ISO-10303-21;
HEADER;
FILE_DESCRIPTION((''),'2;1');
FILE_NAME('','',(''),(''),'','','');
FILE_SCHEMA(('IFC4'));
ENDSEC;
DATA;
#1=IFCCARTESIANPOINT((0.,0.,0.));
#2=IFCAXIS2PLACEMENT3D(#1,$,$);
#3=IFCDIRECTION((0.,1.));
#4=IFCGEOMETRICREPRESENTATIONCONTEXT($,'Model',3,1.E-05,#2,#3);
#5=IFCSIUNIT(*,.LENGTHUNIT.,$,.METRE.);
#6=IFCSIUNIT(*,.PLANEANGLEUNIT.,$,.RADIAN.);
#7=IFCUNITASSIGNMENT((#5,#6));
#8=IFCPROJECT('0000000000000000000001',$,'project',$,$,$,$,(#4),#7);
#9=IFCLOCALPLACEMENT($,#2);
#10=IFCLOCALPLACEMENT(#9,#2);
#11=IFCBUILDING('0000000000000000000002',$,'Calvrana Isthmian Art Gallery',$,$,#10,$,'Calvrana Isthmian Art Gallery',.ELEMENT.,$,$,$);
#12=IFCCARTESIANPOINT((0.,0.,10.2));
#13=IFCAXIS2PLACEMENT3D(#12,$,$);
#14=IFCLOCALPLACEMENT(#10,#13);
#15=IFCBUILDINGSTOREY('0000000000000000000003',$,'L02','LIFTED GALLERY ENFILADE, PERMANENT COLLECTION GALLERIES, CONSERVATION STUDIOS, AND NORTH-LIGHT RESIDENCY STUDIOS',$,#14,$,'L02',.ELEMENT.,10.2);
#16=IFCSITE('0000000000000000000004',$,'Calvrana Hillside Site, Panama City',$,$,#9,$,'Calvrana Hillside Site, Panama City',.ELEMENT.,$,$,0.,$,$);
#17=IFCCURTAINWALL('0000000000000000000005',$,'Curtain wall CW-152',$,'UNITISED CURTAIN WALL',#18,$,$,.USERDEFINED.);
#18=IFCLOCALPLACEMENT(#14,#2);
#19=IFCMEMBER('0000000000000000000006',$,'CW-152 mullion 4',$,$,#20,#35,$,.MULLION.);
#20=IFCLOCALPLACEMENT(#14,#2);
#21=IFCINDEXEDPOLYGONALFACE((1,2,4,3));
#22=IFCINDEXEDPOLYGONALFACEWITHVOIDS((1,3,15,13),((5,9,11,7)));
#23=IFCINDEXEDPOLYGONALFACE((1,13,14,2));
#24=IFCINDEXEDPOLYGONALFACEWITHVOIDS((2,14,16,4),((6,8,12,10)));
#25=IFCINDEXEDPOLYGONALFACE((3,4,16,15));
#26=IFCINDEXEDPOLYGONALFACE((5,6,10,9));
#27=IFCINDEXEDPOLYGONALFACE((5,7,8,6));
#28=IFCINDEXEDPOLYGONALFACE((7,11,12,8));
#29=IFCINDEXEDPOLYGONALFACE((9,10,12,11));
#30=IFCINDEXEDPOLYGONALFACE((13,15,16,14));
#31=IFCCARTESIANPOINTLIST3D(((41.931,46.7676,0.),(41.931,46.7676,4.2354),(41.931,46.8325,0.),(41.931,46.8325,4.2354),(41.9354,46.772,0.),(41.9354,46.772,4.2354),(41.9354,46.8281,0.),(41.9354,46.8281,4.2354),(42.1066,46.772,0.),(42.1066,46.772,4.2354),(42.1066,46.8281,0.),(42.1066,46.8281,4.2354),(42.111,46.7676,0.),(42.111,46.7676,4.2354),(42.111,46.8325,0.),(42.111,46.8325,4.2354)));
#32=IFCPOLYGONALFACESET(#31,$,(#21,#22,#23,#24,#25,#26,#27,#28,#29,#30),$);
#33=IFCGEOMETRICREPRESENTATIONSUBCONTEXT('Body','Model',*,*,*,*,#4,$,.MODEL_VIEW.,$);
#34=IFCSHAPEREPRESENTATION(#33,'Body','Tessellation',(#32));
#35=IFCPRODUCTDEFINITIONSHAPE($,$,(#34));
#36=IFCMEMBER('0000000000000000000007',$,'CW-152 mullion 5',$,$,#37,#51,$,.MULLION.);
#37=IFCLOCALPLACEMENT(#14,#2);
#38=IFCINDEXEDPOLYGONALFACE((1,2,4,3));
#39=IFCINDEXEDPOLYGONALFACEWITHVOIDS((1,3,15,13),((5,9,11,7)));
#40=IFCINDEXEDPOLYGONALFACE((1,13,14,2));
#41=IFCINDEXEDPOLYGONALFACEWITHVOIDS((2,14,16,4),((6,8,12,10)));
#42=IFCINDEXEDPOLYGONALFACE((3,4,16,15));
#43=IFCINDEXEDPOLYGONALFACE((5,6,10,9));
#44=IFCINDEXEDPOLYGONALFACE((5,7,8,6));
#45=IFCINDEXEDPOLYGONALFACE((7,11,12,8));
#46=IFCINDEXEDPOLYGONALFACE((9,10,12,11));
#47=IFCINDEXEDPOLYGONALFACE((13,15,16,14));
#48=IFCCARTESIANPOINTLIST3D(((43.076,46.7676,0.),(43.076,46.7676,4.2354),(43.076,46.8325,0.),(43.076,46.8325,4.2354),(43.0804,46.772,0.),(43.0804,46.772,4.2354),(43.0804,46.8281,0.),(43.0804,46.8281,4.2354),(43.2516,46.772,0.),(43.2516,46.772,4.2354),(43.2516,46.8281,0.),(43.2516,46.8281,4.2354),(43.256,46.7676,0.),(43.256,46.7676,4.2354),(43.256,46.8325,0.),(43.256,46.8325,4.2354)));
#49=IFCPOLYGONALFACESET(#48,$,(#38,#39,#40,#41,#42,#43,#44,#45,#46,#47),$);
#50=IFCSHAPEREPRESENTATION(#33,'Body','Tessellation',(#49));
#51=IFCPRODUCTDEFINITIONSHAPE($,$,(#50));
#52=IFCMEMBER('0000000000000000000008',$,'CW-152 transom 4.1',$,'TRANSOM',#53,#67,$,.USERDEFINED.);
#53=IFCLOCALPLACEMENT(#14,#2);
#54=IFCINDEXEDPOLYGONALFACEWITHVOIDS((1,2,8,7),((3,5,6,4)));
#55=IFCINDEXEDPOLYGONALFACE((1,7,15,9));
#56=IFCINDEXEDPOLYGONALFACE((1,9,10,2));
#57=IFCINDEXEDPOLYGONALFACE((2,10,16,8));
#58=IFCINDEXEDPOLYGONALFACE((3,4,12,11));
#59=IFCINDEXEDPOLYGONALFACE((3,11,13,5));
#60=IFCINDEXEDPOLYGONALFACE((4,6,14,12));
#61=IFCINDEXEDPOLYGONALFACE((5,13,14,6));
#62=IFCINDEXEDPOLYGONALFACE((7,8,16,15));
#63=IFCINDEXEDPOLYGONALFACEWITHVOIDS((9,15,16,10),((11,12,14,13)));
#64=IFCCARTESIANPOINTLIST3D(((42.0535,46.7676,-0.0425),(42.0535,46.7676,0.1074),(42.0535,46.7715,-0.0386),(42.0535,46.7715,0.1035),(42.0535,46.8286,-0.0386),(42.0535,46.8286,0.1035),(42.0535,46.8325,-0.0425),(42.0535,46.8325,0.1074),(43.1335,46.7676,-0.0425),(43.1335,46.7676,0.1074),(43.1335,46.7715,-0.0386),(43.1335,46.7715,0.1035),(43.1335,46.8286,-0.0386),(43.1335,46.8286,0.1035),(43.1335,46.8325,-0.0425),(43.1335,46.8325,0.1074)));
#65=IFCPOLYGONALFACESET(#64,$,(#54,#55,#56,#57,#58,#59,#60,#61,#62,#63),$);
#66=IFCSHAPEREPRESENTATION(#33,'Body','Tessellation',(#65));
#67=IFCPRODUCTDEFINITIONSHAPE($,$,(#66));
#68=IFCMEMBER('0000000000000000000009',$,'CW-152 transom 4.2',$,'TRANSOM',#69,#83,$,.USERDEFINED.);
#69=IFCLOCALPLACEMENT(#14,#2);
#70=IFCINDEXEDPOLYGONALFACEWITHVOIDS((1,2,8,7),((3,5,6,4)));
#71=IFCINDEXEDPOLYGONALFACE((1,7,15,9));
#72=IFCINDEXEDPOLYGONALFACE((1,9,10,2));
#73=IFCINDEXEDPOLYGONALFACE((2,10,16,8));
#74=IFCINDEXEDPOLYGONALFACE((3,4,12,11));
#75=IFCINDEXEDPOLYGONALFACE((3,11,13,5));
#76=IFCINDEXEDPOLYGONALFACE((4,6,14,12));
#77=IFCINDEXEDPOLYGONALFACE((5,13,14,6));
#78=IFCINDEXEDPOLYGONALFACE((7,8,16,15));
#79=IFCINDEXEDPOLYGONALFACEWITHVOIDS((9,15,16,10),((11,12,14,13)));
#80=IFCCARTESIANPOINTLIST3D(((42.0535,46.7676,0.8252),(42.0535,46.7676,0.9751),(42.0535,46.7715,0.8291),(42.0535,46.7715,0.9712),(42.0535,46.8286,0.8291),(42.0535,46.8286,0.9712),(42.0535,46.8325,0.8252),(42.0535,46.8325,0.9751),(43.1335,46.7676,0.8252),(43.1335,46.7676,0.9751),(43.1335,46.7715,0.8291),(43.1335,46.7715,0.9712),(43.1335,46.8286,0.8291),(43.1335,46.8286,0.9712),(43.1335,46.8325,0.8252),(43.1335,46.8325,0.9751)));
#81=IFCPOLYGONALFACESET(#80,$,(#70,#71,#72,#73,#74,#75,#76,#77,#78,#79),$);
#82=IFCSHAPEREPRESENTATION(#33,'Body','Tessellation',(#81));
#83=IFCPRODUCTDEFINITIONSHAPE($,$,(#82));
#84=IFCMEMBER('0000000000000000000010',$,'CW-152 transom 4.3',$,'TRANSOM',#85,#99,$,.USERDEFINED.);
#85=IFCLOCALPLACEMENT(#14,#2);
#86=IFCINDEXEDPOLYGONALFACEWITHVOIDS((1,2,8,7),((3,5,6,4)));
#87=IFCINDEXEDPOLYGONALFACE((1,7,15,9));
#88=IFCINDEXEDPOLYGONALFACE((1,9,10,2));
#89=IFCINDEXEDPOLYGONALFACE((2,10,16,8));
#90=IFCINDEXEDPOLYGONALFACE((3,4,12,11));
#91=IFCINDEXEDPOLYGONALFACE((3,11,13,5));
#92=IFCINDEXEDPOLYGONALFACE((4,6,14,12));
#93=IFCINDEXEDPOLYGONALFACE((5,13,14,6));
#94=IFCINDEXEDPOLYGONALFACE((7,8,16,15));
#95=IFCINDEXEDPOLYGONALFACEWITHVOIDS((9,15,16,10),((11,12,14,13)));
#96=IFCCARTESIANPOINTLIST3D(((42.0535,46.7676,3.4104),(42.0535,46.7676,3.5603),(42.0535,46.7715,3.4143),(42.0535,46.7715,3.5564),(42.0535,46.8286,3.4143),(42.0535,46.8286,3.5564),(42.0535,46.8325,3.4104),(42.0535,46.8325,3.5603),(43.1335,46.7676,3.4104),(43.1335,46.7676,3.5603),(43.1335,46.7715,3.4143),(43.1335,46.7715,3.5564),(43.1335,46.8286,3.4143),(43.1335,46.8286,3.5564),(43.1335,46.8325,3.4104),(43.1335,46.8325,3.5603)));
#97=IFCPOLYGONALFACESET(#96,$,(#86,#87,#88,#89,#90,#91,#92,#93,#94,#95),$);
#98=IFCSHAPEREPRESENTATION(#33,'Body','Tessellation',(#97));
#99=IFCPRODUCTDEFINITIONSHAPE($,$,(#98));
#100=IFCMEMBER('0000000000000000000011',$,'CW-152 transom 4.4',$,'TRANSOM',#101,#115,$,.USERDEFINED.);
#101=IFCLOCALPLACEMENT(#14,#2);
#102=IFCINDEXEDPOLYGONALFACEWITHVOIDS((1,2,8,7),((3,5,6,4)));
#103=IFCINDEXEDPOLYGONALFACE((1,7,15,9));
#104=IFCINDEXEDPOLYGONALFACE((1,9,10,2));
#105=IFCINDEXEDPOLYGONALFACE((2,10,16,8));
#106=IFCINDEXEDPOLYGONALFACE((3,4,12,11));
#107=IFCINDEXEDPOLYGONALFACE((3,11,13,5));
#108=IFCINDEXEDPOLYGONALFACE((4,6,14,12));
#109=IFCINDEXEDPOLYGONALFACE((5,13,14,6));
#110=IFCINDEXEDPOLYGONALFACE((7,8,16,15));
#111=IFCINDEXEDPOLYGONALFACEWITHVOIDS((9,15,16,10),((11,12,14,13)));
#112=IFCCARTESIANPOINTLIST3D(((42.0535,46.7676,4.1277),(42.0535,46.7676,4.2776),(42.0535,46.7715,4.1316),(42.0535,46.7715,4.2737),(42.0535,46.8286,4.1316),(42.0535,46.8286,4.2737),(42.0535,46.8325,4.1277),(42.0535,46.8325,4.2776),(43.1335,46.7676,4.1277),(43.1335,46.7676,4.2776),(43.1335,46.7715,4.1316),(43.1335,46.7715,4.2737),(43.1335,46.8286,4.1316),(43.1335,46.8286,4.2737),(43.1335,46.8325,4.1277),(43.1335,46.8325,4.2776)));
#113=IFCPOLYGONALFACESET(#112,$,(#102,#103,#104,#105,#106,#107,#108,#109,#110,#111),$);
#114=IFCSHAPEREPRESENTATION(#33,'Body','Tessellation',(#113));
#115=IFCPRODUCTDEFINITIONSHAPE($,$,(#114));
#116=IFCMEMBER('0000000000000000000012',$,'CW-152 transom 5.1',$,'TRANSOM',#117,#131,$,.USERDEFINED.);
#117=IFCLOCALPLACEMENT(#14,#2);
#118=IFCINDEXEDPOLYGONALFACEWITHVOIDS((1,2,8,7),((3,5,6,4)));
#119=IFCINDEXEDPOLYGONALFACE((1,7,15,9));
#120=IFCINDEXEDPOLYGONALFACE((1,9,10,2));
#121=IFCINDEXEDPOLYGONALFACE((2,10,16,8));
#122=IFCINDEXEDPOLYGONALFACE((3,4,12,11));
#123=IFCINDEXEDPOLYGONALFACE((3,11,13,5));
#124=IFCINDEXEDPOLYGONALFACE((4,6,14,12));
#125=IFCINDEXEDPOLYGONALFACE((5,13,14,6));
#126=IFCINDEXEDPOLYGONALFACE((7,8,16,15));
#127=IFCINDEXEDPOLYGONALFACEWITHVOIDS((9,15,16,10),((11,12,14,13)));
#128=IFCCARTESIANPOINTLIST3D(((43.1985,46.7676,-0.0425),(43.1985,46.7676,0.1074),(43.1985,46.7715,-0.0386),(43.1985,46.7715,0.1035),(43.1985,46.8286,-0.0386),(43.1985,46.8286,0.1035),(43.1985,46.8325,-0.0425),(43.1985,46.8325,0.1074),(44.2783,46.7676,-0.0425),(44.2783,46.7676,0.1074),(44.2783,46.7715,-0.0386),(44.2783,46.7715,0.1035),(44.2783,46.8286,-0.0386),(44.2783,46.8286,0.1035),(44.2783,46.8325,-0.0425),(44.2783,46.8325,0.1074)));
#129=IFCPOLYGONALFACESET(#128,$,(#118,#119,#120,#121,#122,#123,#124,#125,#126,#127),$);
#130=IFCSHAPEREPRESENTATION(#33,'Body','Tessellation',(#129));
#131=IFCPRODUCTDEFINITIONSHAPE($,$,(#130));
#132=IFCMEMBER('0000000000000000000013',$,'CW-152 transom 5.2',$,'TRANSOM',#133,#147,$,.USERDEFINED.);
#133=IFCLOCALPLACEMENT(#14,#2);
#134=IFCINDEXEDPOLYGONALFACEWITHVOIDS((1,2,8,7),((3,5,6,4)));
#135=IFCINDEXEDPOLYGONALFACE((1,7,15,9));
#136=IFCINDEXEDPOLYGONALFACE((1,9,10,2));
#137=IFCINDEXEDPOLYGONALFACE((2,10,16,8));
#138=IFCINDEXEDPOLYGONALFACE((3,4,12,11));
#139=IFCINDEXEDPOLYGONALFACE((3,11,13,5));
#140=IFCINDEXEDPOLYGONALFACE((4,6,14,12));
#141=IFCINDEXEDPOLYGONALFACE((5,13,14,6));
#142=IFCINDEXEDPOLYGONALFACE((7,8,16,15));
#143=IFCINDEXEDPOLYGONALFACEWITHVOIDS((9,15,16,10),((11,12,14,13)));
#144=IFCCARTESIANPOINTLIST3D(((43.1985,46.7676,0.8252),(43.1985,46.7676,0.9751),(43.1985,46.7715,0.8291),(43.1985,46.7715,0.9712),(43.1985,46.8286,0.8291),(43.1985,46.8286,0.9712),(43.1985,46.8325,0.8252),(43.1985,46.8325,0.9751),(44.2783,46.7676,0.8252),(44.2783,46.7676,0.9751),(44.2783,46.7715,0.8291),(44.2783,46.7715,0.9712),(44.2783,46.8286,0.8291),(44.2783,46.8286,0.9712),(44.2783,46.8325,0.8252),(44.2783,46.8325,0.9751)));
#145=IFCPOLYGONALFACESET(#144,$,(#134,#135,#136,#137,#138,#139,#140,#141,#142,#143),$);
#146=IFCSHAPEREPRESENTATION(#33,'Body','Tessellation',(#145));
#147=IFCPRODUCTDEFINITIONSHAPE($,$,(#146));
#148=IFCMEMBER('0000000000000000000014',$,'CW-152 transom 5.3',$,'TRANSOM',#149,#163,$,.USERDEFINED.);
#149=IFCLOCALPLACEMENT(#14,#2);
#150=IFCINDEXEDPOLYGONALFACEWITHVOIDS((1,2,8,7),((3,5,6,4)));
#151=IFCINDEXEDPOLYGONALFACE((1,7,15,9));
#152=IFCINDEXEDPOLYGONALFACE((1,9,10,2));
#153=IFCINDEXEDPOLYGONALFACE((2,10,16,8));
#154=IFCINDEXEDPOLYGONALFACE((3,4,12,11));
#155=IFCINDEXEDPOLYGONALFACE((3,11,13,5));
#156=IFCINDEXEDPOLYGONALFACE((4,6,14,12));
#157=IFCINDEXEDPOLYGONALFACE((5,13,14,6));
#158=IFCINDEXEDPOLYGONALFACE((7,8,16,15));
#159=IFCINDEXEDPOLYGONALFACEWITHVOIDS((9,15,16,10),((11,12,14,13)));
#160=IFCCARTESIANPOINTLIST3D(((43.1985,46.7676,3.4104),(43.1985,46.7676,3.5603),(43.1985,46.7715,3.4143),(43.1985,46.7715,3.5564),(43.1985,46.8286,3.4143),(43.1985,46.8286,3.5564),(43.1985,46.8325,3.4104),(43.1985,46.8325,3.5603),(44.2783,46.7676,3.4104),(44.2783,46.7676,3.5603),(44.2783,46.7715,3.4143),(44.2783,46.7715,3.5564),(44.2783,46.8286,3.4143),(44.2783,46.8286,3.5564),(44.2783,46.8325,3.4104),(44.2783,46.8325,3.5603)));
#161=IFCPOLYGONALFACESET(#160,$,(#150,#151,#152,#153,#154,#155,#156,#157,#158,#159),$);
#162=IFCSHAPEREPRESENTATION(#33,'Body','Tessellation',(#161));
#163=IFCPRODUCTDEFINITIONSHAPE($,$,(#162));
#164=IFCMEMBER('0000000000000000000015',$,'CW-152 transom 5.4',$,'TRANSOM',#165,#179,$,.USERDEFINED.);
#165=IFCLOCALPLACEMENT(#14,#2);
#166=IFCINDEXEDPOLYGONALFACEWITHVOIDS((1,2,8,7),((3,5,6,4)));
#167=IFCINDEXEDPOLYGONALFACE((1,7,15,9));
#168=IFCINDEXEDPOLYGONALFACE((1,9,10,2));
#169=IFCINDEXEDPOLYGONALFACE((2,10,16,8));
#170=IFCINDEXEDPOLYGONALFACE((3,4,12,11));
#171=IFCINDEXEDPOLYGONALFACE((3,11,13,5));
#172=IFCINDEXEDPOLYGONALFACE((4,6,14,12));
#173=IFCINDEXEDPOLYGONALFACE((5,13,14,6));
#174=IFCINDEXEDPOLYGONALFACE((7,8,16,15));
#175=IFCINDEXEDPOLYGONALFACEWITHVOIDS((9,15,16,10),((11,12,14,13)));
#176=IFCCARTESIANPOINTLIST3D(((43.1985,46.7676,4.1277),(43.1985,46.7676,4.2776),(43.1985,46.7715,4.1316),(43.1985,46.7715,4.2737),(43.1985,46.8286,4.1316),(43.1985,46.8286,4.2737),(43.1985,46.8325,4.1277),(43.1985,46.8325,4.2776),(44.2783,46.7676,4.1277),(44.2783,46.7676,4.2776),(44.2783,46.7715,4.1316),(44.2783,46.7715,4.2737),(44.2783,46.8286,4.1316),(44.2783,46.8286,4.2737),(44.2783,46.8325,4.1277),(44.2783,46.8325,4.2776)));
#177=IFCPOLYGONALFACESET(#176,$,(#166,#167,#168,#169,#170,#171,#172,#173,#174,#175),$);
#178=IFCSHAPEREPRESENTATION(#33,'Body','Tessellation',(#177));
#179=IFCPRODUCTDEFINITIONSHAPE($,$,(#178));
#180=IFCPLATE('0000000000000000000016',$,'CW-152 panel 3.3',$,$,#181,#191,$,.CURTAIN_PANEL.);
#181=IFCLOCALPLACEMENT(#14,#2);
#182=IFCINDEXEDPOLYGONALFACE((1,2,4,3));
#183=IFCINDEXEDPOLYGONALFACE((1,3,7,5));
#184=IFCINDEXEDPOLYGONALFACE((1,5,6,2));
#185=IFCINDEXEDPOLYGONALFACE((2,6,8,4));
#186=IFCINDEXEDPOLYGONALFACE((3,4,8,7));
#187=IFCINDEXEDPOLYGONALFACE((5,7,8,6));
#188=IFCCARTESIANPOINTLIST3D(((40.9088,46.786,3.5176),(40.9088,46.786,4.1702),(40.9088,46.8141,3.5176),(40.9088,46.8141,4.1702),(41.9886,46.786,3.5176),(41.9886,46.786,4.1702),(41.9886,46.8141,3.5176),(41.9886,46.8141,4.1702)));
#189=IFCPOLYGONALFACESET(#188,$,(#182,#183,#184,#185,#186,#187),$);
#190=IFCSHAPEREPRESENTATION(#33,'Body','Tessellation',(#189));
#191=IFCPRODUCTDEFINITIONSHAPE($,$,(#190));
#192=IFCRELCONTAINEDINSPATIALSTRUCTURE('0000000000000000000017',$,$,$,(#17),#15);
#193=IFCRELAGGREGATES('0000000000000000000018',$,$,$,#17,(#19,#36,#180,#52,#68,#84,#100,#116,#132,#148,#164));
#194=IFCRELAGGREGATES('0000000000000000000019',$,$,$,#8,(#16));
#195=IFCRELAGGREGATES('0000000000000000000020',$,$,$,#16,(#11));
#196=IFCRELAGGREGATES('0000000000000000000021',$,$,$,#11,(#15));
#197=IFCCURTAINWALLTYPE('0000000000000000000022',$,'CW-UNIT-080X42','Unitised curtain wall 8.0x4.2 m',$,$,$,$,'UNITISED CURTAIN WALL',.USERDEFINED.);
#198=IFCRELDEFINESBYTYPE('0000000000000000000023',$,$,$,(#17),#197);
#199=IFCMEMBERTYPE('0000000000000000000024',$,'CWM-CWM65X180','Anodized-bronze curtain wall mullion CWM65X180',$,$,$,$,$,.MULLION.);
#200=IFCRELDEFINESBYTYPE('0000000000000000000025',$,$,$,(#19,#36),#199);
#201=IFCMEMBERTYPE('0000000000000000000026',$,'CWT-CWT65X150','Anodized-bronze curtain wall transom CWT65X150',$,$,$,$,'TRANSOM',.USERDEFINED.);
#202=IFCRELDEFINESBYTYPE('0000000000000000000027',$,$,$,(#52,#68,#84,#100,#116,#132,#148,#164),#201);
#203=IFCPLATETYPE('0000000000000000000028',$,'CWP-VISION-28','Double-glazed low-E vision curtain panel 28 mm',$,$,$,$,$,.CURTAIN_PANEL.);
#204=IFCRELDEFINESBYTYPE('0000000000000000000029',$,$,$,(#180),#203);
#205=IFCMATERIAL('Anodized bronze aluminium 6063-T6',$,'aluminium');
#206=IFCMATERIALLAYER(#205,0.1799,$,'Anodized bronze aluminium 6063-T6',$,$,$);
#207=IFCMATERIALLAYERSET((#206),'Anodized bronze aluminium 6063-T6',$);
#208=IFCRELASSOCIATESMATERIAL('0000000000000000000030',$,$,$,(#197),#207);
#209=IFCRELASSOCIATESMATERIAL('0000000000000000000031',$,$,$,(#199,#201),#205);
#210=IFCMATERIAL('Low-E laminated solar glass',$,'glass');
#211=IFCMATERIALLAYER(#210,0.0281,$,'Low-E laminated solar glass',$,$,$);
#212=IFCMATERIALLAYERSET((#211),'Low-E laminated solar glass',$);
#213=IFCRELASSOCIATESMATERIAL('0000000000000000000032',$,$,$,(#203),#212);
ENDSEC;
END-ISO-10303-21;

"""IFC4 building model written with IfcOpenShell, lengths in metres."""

from ifc_helpers import new_model, si_unit, direction, frame, origin, origin_2d, place, context, subcontext, project, spatial, rectangle, hollow_rectangle, extrude, material, layer, layer_set, material_profile, profile_set, type_object, element, aggregate, save


model = new_model("IFC4")

# Units and contexts
model_context = context("Model", 3, precision=1e-05, world=origin(), true_north=direction((0.0, 1.0)))
body_context = subcontext(model_context, "Body", "Model", "MODEL_VIEW")
ifc_project = project(units=[si_unit("LENGTHUNIT", "METRE"), si_unit("PLANEANGLEUNIT", "RADIAN")], contexts=[model_context])

# Site, building, storey
site_placement = place(None, origin())
site = spatial("IfcSite", under=ifc_project, at=site_placement, Name="Calvrana Hillside Site, Panama City", LongName="Calvrana Hillside Site, Panama City", CompositionType="ELEMENT", RefElevation=0.0)
building_placement = place(site_placement, origin())
building = spatial("IfcBuilding", under=site, at=building_placement, Name="Calvrana Isthmian Art Gallery", LongName="Calvrana Isthmian Art Gallery", CompositionType="ELEMENT")
storey_placement = place(building_placement, frame((0.0, 0.0, 10.2)))
storey = spatial("IfcBuildingStorey", under=building, at=storey_placement, Name="L02", Description="LIFTED GALLERY ENFILADE, PERMANENT COLLECTION GALLERIES, CONSERVATION STUDIOS, AND NORTH-LIGHT RESIDENCY STUDIOS", LongName="L02", CompositionType="ELEMENT", Elevation=10.2)

# Curtain wall, members, plate
ifc_material_1 = material(Name="Anodized bronze aluminium 6063-T6", Category="aluminium")
ifc_layer_1 = layer(ifc_material_1, 0.1799, Name="Anodized bronze aluminium 6063-T6")
ifc_layer_set_1 = layer_set([ifc_layer_1], Name="Anodized bronze aluminium 6063-T6")
curtain_wall_type = type_object("IfcCurtainWallType", Name="CW-UNIT-080X42", Description="Unitised curtain wall 8.0x4.2 m", ElementType="UNITISED CURTAIN WALL", PredefinedType="USERDEFINED", material=ifc_layer_set_1)
curtain_wall_placement = place(storey_placement, origin())
curtain_wall = element("IfcCurtainWall", 1, at=curtain_wall_placement, inside=storey, type_object=curtain_wall_type, Name="Curtain wall CW-152", ObjectType="UNITISED CURTAIN WALL", PredefinedType="USERDEFINED")
ifc_material_profile_1 = material_profile(ifc_material_1, hollow_rectangle(XDim=0.0649, YDim=0.1799, WallThickness=0.0044, at=origin_2d()), Name="CWM65X180")
ifc_profile_set_1 = profile_set([ifc_material_profile_1], Name="Anodized bronze aluminium 6063-T6")
member_type_1 = type_object("IfcMemberType", Name="CWM-CWM65X180", Description="Anodized-bronze curtain wall mullion CWM65X180", PredefinedType="MULLION", material=ifc_profile_set_1)
member_1_placement = place(storey_placement, frame((42.021, 46.8, 0.0), z_axis=(0.0, 0.0, 1.0), x_axis=(0.0, 1.0, 0.0)))
member_1 = element("IfcMember", 2, at=member_1_placement, type_object=member_type_1, Name="CW-152 mullion 4", PredefinedType="MULLION", context=body_context, shape_type="SweptSolid", body=[
    extrude(hollow_rectangle(XDim=0.0649, YDim=0.1799, WallThickness=0.0044, at=origin_2d()), origin(), (0.0, 0.0, 1.0), 4.2354),
])
member_2_placement = place(storey_placement, frame((43.166, 46.8, 0.0), z_axis=(0.0, 0.0, 1.0), x_axis=(0.0, 1.0, 0.0)))
member_2 = element("IfcMember", 3, at=member_2_placement, type_object=member_type_1, Name="CW-152 mullion 5", PredefinedType="MULLION", context=body_context, shape_type="SweptSolid", body=[
    extrude(hollow_rectangle(XDim=0.0649, YDim=0.1799, WallThickness=0.0044, at=origin_2d()), origin(), (0.0, 0.0, 1.0), 4.2354),
])
ifc_material_profile_2 = material_profile(ifc_material_1, hollow_rectangle(XDim=0.0649, YDim=0.1499, WallThickness=0.0039, at=origin_2d()), Name="CWT65X150")
ifc_profile_set_2 = profile_set([ifc_material_profile_2], Name="Anodized bronze aluminium 6063-T6")
member_type_2 = type_object("IfcMemberType", Name="CWT-CWT65X150", Description="Anodized-bronze curtain wall transom CWT65X150", ElementType="TRANSOM", PredefinedType="USERDEFINED", material=ifc_profile_set_2)
member_3_placement = place(storey_placement, frame((42.0535, 46.8, 0.0325), z_axis=(1.0, 0.0, 0.0), x_axis=(0.0, 1.0, 0.0)))
member_3 = element("IfcMember", 4, at=member_3_placement, type_object=member_type_2, Name="CW-152 transom 4.1", ObjectType="TRANSOM", PredefinedType="USERDEFINED", context=body_context, shape_type="SweptSolid", body=[
    extrude(hollow_rectangle(XDim=0.0649, YDim=0.1499, WallThickness=0.0039, at=origin_2d()), origin(), (0.0, 0.0, 1.0), 1.0801),
])
member_4_placement = place(storey_placement, frame((42.0535, 46.8, 0.9001), z_axis=(1.0, 0.0, 0.0), x_axis=(0.0, 1.0, 0.0)))
member_4 = element("IfcMember", 5, at=member_4_placement, type_object=member_type_2, Name="CW-152 transom 4.2", ObjectType="TRANSOM", PredefinedType="USERDEFINED", context=body_context, shape_type="SweptSolid", body=[
    extrude(hollow_rectangle(XDim=0.0649, YDim=0.1499, WallThickness=0.0039, at=origin_2d()), origin(), (0.0, 0.0, 1.0), 1.0801),
])
member_5_placement = place(storey_placement, frame((42.0535, 46.8, 3.4854), z_axis=(1.0, 0.0, 0.0), x_axis=(0.0, 1.0, 0.0)))
member_5 = element("IfcMember", 6, at=member_5_placement, type_object=member_type_2, Name="CW-152 transom 4.3", ObjectType="TRANSOM", PredefinedType="USERDEFINED", context=body_context, shape_type="SweptSolid", body=[
    extrude(hollow_rectangle(XDim=0.0649, YDim=0.1499, WallThickness=0.0039, at=origin_2d()), origin(), (0.0, 0.0, 1.0), 1.0801),
])
member_6_placement = place(storey_placement, frame((42.0535, 46.8, 4.2026), z_axis=(1.0, 0.0, 0.0), x_axis=(0.0, 1.0, 0.0)))
member_6 = element("IfcMember", 7, at=member_6_placement, type_object=member_type_2, Name="CW-152 transom 4.4", ObjectType="TRANSOM", PredefinedType="USERDEFINED", context=body_context, shape_type="SweptSolid", body=[
    extrude(hollow_rectangle(XDim=0.0649, YDim=0.1499, WallThickness=0.0039, at=origin_2d()), origin(), (0.0, 0.0, 1.0), 1.0801),
])
member_7_placement = place(storey_placement, frame((43.1985, 46.8, 0.0325), z_axis=(1.0, 0.0, 0.0), x_axis=(0.0, 1.0, 0.0)))
member_7 = element("IfcMember", 8, at=member_7_placement, type_object=member_type_2, Name="CW-152 transom 5.1", ObjectType="TRANSOM", PredefinedType="USERDEFINED", context=body_context, shape_type="SweptSolid", body=[
    extrude(hollow_rectangle(XDim=0.0649, YDim=0.1499, WallThickness=0.0039, at=origin_2d()), origin(), (0.0, 0.0, 1.0), 1.0798),
])
member_8_placement = place(storey_placement, frame((43.1985, 46.8, 0.9001), z_axis=(1.0, 0.0, 0.0), x_axis=(0.0, 1.0, 0.0)))
member_8 = element("IfcMember", 9, at=member_8_placement, type_object=member_type_2, Name="CW-152 transom 5.2", ObjectType="TRANSOM", PredefinedType="USERDEFINED", context=body_context, shape_type="SweptSolid", body=[
    extrude(hollow_rectangle(XDim=0.0649, YDim=0.1499, WallThickness=0.0039, at=origin_2d()), origin(), (0.0, 0.0, 1.0), 1.0798),
])
member_9_placement = place(storey_placement, frame((43.1985, 46.8, 3.4854), z_axis=(1.0, 0.0, 0.0), x_axis=(0.0, 1.0, 0.0)))
member_9 = element("IfcMember", 10, at=member_9_placement, type_object=member_type_2, Name="CW-152 transom 5.3", ObjectType="TRANSOM", PredefinedType="USERDEFINED", context=body_context, shape_type="SweptSolid", body=[
    extrude(hollow_rectangle(XDim=0.0649, YDim=0.1499, WallThickness=0.0039, at=origin_2d()), origin(), (0.0, 0.0, 1.0), 1.0798),
])
member_10_placement = place(storey_placement, frame((43.1985, 46.8, 4.2026), z_axis=(1.0, 0.0, 0.0), x_axis=(0.0, 1.0, 0.0)))
member_10 = element("IfcMember", 11, at=member_10_placement, type_object=member_type_2, Name="CW-152 transom 5.4", ObjectType="TRANSOM", PredefinedType="USERDEFINED", context=body_context, shape_type="SweptSolid", body=[
    extrude(hollow_rectangle(XDim=0.0649, YDim=0.1499, WallThickness=0.0039, at=origin_2d()), origin(), (0.0, 0.0, 1.0), 1.0798),
])
ifc_material_2 = material(Name="Low-E laminated solar glass", Category="glass")
ifc_layer_2 = layer(ifc_material_2, 0.0281, Name="Low-E laminated solar glass")
ifc_layer_set_2 = layer_set([ifc_layer_2], Name="Low-E laminated solar glass")
plate_type = type_object("IfcPlateType", Name="CWP-VISION-28", Description="Double-glazed low-E vision curtain panel 28 mm", PredefinedType="CURTAIN_PANEL", material=ifc_layer_set_2)
plate_1_placement = place(storey_placement, frame((41.4487, 46.8, 3.5176), z_axis=(0.0, 0.0, 1.0), x_axis=(1.0, 0.0, 0.0)))
plate_1 = element("IfcPlate", 12, at=plate_1_placement, type_object=plate_type, Name="CW-152 panel 3.3", PredefinedType="CURTAIN_PANEL", context=body_context, shape_type="SweptSolid", body=[
    extrude(rectangle(XDim=1.0798, YDim=0.0281, at=origin_2d()), origin(), (0.0, 0.0, 1.0), 0.6526),
])
aggregate(curtain_wall, [member_1, member_2, plate_1, member_3, member_4, member_5, member_6, member_7, member_8, member_9, member_10])

save(model, "model.ifc")
